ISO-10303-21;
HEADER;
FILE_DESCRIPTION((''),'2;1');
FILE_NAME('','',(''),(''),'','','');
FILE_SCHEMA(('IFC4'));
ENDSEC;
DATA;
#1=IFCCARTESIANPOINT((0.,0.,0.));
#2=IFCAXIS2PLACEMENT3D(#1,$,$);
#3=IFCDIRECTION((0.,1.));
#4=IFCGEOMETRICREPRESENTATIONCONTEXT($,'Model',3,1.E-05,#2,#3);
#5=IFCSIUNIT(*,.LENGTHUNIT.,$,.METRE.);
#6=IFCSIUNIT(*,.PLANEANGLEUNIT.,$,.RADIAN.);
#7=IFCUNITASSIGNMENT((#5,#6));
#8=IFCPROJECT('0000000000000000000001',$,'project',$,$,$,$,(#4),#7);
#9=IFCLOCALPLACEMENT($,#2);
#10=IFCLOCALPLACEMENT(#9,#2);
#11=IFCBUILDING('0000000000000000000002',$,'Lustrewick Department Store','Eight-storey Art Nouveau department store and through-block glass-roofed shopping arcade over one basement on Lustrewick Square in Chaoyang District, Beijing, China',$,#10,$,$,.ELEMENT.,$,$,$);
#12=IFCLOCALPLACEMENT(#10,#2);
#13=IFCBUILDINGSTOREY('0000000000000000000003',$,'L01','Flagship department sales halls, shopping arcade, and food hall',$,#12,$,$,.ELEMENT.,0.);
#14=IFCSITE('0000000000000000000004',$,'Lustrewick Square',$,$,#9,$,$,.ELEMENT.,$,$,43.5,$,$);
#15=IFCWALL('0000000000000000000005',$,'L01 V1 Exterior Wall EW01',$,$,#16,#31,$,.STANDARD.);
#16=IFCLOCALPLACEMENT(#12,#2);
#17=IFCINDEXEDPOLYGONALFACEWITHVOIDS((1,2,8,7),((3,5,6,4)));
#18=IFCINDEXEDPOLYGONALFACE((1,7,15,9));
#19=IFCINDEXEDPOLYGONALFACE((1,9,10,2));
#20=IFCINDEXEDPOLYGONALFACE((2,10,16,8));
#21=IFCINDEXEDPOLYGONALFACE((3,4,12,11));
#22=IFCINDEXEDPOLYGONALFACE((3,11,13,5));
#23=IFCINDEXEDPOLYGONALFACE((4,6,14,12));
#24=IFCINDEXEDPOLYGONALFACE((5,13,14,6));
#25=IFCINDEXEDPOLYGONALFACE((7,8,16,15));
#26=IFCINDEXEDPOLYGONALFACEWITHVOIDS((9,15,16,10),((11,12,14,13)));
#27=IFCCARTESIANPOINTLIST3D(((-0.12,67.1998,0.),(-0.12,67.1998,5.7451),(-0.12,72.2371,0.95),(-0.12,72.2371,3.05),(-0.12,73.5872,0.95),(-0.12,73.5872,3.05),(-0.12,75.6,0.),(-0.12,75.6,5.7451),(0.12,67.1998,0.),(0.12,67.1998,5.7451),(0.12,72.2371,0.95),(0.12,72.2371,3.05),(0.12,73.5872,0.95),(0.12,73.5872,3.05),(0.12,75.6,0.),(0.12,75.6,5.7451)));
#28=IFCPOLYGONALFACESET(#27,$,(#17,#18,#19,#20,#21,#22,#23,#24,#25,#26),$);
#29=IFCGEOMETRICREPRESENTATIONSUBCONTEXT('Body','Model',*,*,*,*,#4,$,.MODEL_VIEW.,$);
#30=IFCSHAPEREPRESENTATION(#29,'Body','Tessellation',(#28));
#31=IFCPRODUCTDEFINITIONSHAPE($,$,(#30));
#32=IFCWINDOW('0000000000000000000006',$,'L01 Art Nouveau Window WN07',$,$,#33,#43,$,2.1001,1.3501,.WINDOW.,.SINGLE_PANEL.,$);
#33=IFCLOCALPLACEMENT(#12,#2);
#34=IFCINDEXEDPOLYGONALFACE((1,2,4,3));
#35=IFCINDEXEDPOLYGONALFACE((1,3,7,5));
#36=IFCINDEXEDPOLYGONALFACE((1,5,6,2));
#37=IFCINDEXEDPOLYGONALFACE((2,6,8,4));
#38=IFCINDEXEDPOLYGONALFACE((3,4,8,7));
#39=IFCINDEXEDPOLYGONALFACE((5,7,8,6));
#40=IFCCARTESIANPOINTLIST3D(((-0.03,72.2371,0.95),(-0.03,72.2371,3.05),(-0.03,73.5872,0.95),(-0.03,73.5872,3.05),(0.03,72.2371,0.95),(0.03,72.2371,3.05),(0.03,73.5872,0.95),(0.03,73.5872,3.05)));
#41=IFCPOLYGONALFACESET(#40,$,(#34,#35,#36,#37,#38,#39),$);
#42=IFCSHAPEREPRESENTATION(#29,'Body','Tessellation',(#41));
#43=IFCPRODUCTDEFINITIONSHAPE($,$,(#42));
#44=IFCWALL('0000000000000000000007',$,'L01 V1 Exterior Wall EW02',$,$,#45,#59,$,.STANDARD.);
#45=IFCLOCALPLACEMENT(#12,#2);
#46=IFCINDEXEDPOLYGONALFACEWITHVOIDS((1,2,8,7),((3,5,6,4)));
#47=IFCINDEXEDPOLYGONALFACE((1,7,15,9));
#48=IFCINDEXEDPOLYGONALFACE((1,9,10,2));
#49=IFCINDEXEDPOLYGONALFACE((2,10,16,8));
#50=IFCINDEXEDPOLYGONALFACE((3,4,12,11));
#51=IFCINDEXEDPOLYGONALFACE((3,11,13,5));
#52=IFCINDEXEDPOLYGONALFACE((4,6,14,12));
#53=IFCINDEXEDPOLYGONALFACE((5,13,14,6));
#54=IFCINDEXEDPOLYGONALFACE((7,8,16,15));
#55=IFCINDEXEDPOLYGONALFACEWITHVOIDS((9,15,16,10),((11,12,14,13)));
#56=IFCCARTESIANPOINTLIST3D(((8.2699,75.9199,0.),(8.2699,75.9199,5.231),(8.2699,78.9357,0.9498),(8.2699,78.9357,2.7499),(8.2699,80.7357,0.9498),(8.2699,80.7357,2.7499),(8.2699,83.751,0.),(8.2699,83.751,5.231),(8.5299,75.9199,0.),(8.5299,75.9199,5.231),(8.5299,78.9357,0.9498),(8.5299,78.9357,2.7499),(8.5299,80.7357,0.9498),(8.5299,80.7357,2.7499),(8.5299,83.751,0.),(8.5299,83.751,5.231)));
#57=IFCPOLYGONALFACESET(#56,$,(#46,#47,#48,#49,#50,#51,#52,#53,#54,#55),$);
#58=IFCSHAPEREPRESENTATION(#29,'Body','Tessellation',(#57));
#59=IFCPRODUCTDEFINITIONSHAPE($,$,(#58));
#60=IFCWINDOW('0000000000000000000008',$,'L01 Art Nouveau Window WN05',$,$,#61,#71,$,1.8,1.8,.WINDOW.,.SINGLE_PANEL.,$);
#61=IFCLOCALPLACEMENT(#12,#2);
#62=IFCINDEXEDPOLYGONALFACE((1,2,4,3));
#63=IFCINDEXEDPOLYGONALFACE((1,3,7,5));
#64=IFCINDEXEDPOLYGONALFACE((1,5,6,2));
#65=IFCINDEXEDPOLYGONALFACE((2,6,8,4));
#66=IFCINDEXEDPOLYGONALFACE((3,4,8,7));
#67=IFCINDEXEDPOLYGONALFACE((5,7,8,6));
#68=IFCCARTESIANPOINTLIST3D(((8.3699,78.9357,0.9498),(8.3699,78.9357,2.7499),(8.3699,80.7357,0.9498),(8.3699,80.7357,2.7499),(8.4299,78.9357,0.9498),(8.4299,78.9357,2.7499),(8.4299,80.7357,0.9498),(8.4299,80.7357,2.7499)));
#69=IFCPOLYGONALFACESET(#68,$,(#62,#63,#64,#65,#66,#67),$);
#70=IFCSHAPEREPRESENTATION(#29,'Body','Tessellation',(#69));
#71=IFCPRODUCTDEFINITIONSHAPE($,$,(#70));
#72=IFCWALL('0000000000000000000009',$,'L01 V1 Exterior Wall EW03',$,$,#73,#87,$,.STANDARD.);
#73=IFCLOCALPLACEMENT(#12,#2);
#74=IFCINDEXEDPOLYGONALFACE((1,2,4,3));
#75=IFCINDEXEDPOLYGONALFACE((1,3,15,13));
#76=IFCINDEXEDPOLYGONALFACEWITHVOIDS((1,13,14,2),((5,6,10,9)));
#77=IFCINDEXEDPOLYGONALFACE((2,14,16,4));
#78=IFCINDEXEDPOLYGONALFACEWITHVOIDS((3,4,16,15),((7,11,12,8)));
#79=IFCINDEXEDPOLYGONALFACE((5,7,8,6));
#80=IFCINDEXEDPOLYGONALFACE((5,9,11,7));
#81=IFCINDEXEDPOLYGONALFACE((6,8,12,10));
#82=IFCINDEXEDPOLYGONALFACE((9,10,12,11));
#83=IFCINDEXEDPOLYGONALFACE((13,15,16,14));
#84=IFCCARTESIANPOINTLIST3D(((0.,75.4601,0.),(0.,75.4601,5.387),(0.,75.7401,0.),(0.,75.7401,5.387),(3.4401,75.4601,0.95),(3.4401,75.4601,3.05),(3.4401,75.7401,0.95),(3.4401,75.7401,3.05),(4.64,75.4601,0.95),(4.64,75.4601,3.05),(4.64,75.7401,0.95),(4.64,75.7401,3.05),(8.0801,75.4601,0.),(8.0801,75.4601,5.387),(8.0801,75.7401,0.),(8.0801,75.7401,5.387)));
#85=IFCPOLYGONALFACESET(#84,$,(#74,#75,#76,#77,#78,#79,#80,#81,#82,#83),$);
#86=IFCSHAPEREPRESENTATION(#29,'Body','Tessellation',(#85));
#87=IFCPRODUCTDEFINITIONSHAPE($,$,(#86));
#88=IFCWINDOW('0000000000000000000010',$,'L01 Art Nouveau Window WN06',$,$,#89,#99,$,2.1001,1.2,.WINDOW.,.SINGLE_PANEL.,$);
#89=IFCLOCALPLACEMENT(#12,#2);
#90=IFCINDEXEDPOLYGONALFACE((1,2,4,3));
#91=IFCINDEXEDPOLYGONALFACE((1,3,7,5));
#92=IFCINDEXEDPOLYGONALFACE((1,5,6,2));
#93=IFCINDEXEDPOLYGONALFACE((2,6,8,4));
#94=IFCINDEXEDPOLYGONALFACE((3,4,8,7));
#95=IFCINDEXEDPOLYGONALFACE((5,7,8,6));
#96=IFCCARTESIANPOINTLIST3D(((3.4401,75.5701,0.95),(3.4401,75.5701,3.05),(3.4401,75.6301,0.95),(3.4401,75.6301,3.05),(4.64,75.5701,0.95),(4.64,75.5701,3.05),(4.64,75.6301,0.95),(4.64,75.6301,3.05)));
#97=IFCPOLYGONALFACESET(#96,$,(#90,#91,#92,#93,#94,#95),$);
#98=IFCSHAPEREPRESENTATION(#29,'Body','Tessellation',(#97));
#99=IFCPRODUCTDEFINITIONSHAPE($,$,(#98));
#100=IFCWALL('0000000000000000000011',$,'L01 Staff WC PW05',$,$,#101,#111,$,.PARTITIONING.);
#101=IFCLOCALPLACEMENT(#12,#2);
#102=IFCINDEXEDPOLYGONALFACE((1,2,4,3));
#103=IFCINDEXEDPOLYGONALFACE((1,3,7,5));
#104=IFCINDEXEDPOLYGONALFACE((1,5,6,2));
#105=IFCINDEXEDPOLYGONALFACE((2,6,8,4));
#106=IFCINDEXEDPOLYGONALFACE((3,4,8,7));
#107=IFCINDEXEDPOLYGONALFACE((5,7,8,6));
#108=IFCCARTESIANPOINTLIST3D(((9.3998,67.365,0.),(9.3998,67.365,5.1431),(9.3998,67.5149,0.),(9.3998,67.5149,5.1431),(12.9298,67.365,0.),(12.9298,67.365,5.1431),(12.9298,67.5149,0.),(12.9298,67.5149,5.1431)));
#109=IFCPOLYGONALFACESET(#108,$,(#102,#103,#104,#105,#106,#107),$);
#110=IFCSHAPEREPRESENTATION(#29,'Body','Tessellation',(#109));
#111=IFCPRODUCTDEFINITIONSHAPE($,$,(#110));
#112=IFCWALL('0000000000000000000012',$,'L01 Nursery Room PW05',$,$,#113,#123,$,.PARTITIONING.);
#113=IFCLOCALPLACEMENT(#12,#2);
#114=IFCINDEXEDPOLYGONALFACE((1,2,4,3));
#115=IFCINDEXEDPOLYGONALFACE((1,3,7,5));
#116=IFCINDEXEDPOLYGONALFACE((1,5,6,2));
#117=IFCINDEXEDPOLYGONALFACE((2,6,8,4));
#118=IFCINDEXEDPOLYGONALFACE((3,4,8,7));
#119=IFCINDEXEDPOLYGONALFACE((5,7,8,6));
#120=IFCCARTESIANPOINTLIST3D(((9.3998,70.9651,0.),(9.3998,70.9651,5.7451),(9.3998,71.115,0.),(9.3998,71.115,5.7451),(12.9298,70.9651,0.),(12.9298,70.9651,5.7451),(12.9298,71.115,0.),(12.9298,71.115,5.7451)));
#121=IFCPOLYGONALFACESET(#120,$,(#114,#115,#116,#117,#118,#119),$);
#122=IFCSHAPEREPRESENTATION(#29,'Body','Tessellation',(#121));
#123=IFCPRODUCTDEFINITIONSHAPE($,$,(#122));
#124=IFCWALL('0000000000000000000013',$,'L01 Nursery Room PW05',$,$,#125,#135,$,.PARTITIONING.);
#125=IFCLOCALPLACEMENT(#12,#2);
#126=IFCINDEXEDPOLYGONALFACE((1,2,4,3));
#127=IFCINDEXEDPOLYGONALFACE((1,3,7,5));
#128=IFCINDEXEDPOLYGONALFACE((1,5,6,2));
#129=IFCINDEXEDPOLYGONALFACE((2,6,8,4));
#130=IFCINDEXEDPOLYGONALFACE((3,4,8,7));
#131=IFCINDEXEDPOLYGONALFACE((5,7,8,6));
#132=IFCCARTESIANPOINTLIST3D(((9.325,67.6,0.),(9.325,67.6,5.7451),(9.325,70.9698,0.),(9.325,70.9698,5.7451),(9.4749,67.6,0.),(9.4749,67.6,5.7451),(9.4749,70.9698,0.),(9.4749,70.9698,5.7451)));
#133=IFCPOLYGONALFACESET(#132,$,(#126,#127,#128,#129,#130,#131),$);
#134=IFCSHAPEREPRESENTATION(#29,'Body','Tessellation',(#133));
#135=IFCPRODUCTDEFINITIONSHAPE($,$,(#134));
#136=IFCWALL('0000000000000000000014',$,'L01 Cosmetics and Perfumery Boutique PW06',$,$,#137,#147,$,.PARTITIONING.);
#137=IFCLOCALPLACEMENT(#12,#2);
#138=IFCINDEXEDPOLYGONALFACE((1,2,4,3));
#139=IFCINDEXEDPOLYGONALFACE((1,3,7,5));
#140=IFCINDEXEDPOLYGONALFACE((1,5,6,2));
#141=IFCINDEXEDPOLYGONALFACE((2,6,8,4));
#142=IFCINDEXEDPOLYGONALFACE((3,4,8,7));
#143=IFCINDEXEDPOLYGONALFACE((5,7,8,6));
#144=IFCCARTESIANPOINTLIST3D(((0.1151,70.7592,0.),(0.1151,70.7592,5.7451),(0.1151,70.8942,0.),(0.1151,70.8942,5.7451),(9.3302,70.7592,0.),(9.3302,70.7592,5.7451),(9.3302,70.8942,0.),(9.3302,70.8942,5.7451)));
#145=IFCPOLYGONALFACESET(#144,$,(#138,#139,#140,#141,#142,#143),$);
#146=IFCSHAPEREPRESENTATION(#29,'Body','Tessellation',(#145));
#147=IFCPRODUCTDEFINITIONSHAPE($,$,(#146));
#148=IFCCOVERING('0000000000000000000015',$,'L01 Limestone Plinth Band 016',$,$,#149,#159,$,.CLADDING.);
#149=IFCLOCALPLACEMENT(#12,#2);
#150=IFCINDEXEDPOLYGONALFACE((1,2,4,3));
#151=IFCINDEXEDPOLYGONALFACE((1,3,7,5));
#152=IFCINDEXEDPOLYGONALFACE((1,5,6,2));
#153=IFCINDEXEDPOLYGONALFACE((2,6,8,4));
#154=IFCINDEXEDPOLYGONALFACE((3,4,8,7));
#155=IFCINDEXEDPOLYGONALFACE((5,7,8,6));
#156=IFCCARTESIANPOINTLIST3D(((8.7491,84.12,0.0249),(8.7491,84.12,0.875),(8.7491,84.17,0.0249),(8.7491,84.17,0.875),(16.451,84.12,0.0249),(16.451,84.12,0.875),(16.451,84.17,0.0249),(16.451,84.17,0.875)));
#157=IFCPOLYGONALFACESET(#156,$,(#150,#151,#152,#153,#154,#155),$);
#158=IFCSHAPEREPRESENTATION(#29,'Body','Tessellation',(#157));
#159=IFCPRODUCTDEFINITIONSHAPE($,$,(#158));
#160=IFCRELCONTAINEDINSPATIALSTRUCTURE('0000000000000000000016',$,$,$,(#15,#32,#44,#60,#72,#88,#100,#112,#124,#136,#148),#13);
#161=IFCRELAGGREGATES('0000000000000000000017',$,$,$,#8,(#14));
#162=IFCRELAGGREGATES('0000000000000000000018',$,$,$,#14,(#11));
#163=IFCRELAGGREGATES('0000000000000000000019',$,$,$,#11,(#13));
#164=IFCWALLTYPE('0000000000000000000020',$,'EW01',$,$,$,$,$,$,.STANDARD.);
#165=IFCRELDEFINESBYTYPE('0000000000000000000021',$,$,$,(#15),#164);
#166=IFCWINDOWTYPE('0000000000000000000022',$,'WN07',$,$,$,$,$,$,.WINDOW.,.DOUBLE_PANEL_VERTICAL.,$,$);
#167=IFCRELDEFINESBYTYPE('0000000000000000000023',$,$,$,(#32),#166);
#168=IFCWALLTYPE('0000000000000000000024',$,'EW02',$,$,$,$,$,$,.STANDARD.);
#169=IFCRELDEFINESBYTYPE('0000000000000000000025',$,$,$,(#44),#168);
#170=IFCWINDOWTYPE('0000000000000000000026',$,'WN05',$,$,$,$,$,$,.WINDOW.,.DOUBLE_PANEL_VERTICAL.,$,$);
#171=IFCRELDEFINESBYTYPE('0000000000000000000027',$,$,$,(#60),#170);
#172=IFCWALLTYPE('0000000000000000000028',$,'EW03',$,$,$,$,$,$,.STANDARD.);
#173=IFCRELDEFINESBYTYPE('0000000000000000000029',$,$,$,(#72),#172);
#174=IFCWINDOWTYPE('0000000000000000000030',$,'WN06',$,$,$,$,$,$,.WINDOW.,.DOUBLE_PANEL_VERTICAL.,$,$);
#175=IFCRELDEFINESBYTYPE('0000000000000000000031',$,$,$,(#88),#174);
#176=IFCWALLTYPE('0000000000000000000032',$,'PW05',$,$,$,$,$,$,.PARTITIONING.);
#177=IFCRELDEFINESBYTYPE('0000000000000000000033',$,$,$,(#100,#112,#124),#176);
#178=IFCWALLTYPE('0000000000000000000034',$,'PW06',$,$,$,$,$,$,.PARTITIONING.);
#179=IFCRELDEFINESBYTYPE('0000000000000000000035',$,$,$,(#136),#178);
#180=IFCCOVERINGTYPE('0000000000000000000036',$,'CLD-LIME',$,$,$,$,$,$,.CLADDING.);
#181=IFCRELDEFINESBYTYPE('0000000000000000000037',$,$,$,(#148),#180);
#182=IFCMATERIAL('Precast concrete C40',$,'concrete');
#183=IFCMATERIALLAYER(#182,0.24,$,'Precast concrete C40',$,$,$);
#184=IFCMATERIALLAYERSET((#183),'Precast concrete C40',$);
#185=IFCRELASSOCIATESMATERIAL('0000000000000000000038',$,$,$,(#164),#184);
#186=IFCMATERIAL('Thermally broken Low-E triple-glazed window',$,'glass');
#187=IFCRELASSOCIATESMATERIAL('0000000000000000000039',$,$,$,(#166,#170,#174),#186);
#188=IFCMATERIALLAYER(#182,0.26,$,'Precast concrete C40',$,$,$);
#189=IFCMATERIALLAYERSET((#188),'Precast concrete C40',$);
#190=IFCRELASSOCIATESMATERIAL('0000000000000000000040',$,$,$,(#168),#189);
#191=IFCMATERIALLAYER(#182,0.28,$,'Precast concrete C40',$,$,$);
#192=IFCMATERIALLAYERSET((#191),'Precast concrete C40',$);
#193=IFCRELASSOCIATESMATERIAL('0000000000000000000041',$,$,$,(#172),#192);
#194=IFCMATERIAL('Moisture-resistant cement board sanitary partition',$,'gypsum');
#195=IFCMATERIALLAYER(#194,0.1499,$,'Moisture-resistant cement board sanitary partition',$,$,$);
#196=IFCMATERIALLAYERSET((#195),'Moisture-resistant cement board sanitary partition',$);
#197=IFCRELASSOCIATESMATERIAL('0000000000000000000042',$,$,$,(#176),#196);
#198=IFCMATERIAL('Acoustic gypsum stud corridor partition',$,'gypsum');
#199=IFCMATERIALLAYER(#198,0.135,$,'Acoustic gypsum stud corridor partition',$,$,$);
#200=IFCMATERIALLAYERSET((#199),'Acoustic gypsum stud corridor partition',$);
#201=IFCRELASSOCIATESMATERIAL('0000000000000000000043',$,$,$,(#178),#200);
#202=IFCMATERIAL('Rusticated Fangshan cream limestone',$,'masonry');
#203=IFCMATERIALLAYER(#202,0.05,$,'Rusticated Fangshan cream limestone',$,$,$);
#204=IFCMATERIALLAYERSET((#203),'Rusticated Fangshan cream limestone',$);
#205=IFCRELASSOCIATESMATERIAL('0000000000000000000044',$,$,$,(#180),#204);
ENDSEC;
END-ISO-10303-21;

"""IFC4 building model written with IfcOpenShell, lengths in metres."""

from ifc_helpers import new_model, si_unit, direction, frame, frame_2d, origin, origin_2d, place, context, subcontext, project, spatial, rectangle, extrude, material, layer, layer_set, type_object, element, fill, save


model = new_model("IFC4")

# Units and contexts
model_context = context("Model", 3, precision=1e-05, world=origin(), true_north=direction((0.0, 1.0)))
body_context = subcontext(model_context, "Body", "Model", "MODEL_VIEW")
ifc_project = project(units=[si_unit("LENGTHUNIT", "METRE"), si_unit("PLANEANGLEUNIT", "RADIAN")], contexts=[model_context])

# Site, building, storey
site_placement = place(None, origin())
site = spatial("IfcSite", under=ifc_project, at=site_placement, Name="Lustrewick Square", CompositionType="ELEMENT", RefElevation=43.5)
building_placement = place(site_placement, origin())
building = spatial("IfcBuilding", under=site, at=building_placement, Name="Lustrewick Department Store", Description="Eight-storey Art Nouveau department store and through-block glass-roofed shopping arcade over one basement on Lustrewick Square in Chaoyang District, Beijing, China", CompositionType="ELEMENT")
storey_placement = place(building_placement, origin())
storey = spatial("IfcBuildingStorey", under=building, at=storey_placement, Name="L01", Description="Flagship department sales halls, shopping arcade, and food hall", CompositionType="ELEMENT", Elevation=0.0)

# Walls, openings, windows
ifc_material_1 = material(Name="Precast concrete C40", Category="concrete")
ifc_layer_1 = layer(ifc_material_1, 0.24, Name="Precast concrete C40")
ifc_layer_set_1 = layer_set([ifc_layer_1], Name="Precast concrete C40")
wall_type_1 = type_object("IfcWallType", Name="EW01", PredefinedType="STANDARD", material=ifc_layer_set_1)
wall_1_placement = place(storey_placement, frame((0.0, 75.6001, 0.0), z_axis=(0.0, 0.0, 1.0), x_axis=(0.0, -1.0, 0.0)))
wall_1 = element("IfcWall", 1, at=wall_1_placement, inside=storey, type_object=wall_type_1, Name="L01 V1 Exterior Wall EW01", PredefinedType="STANDARD", context=body_context, shape_type="SweptSolid", body=[
    extrude(rectangle(XDim=8.4001, YDim=0.24, at=frame_2d((4.2002, 0.0))), origin(), (0.0, 0.0, 1.0), 5.7451),
])
opening_1_placement = place(wall_1_placement, frame((2.0129, 0.0, 0.95)))
opening_1 = element("IfcOpeningElement", 2, at=opening_1_placement, cuts=wall_1, PredefinedType="OPENING", context=body_context, shape_type="SweptSolid", body=[
    extrude(rectangle(XDim=1.3501, YDim=2.1001, at=frame_2d((0.675, 1.05))), frame((0.0, 0.1299, 0.0), z_axis=(0.0, -1.0, 0.0), x_axis=(1.0, 0.0, 0.0)), (0.0, 0.0, 1.0), 0.26),
])
ifc_material_2 = material(Name="Thermally broken Low-E triple-glazed window", Category="glass")
window_type_1 = type_object("IfcWindowType", Name="WN07", PartitioningType="DOUBLE_PANEL_VERTICAL", PredefinedType="WINDOW", material=ifc_material_2)
window_1_placement = place(opening_1_placement, origin())
window_1 = element("IfcWindow", 3, at=window_1_placement, inside=storey, type_object=window_type_1, Name="L01 Art Nouveau Window WN07", OverallHeight=2.1001, OverallWidth=1.3501, PartitioningType="SINGLE_PANEL", PredefinedType="WINDOW", context=body_context, shape_type="SweptSolid", body=[
    extrude(rectangle(XDim=1.3501, YDim=2.1001, at=frame_2d((0.675, 1.05))), frame((0.0, 0.03, 0.0), z_axis=(0.0, -1.0, 0.0), x_axis=(1.0, 0.0, 0.0)), (0.0, 0.0, 1.0), 0.0601),
])
fill(opening_1, window_1)
ifc_layer_2 = layer(ifc_material_1, 0.26, Name="Precast concrete C40")
ifc_layer_set_2 = layer_set([ifc_layer_2], Name="Precast concrete C40")
wall_type_2 = type_object("IfcWallType", Name="EW02", PredefinedType="STANDARD", material=ifc_layer_set_2)
wall_2_placement = place(storey_placement, frame((8.3999, 83.751, 0.0), z_axis=(0.0, 0.0, 1.0), x_axis=(0.0, -1.0, 0.0)))
wall_2 = element("IfcWall", 4, at=wall_2_placement, inside=storey, type_object=wall_type_2, Name="L01 V1 Exterior Wall EW02", PredefinedType="STANDARD", context=body_context, shape_type="SweptSolid", body=[
    extrude(rectangle(XDim=7.8311, YDim=0.26, at=frame_2d((3.9155, 0.0))), origin(), (0.0, 0.0, 1.0), 5.231),
])
opening_2_placement = place(wall_2_placement, frame((3.0154, 0.0, 0.95)))
opening_2 = element("IfcOpeningElement", 5, at=opening_2_placement, cuts=wall_2, PredefinedType="OPENING", context=body_context, shape_type="SweptSolid", body=[
    extrude(rectangle(XDim=1.8, YDim=1.8, at=frame_2d((0.8999, 0.8999))), frame((0.0, 0.1401, 0.0), z_axis=(0.0, -1.0, 0.0), x_axis=(1.0, 0.0, 0.0)), (0.0, 0.0, 1.0), 0.28),
])
window_type_2 = type_object("IfcWindowType", Name="WN05", PartitioningType="DOUBLE_PANEL_VERTICAL", PredefinedType="WINDOW", material=ifc_material_2)
window_2_placement = place(opening_2_placement, origin())
window_2 = element("IfcWindow", 6, at=window_2_placement, inside=storey, type_object=window_type_2, Name="L01 Art Nouveau Window WN05", OverallHeight=1.8, OverallWidth=1.8, PartitioningType="SINGLE_PANEL", PredefinedType="WINDOW", context=body_context, shape_type="SweptSolid", body=[
    extrude(rectangle(XDim=1.8, YDim=1.8, at=frame_2d((0.8999, 0.8999))), frame((0.0, 0.03, 0.0), z_axis=(0.0, -1.0, 0.0), x_axis=(1.0, 0.0, 0.0)), (0.0, 0.0, 1.0), 0.0601),
])
fill(opening_2, window_2)
ifc_layer_3 = layer(ifc_material_1, 0.28, Name="Precast concrete C40")
ifc_layer_set_3 = layer_set([ifc_layer_3], Name="Precast concrete C40")
wall_type_3 = type_object("IfcWallType", Name="EW03", PredefinedType="STANDARD", material=ifc_layer_set_3)
wall_3_placement = place(storey_placement, frame((8.0801, 75.6001, 0.0), z_axis=(0.0, 0.0, 1.0), x_axis=(-1.0, 0.0, 0.0)))
wall_3 = element("IfcWall", 7, at=wall_3_placement, inside=storey, type_object=wall_type_3, Name="L01 V1 Exterior Wall EW03", PredefinedType="STANDARD", context=body_context, shape_type="SweptSolid", body=[
    extrude(rectangle(XDim=8.0801, YDim=0.28, at=frame_2d((4.04, 0.0))), origin(), (0.0, 0.0, 1.0), 5.387),
])
opening_3_placement = place(wall_3_placement, frame((3.4399, 0.0, 0.95)))
opening_3 = element("IfcOpeningElement", 8, at=opening_3_placement, cuts=wall_3, PredefinedType="OPENING", context=body_context, shape_type="SweptSolid", body=[
    extrude(rectangle(XDim=1.2, YDim=2.1001, at=frame_2d((0.6001, 1.05))), frame((0.0, 0.1499, 0.0), z_axis=(0.0, -1.0, 0.0), x_axis=(1.0, 0.0, 0.0)), (0.0, 0.0, 1.0), 0.3),
])
window_type_3 = type_object("IfcWindowType", Name="WN06", PartitioningType="DOUBLE_PANEL_VERTICAL", PredefinedType="WINDOW", material=ifc_material_2)
window_3_placement = place(opening_3_placement, origin())
window_3 = element("IfcWindow", 9, at=window_3_placement, inside=storey, type_object=window_type_3, Name="L01 Art Nouveau Window WN06", OverallHeight=2.1001, OverallWidth=1.2, PartitioningType="SINGLE_PANEL", PredefinedType="WINDOW", context=body_context, shape_type="SweptSolid", body=[
    extrude(rectangle(XDim=1.2, YDim=2.1001, at=frame_2d((0.6001, 1.05))), frame((0.0, 0.03, 0.0), z_axis=(0.0, -1.0, 0.0), x_axis=(1.0, 0.0, 0.0)), (0.0, 0.0, 1.0), 0.0601),
])
fill(opening_3, window_3)

# Walls
ifc_material_3 = material(Name="Moisture-resistant cement board sanitary partition", Category="gypsum")
ifc_layer_4 = layer(ifc_material_3, 0.1499, Name="Moisture-resistant cement board sanitary partition")
ifc_layer_set_4 = layer_set([ifc_layer_4], Name="Moisture-resistant cement board sanitary partition")
wall_type_4 = type_object("IfcWallType", Name="PW05", PredefinedType="PARTITIONING", material=ifc_layer_set_4)
wall_4_placement = place(storey_placement, frame((12.9299, 67.4399, 0.0), z_axis=(0.0, 0.0, 1.0), x_axis=(-1.0, 0.0, 0.0)))
element("IfcWall", 10, at=wall_4_placement, inside=storey, type_object=wall_type_4, Name="L01 Staff WC PW05", PredefinedType="PARTITIONING", context=body_context, shape_type="SweptSolid", body=[
    extrude(rectangle(XDim=3.53, YDim=0.1499, at=frame_2d((1.7651, 0.0))), origin(), (0.0, 0.0, 1.0), 5.1431),
])
wall_5_placement = place(storey_placement, frame((12.9299, 71.04, 0.0), z_axis=(0.0, 0.0, 1.0), x_axis=(-1.0, 0.0, 0.0)))
element("IfcWall", 11, at=wall_5_placement, inside=storey, type_object=wall_type_4, Name="L01 Nursery Room PW05", PredefinedType="PARTITIONING", context=body_context, shape_type="SweptSolid", body=[
    extrude(rectangle(XDim=3.53, YDim=0.1499, at=frame_2d((1.7651, 0.0))), origin(), (0.0, 0.0, 1.0), 5.7451),
])
wall_6_placement = place(storey_placement, frame((9.3999, 70.97, 0.0), z_axis=(0.0, 0.0, 1.0), x_axis=(0.0, -1.0, 0.0)))
element("IfcWall", 12, at=wall_6_placement, inside=storey, type_object=wall_type_4, Name="L01 Nursery Room PW05", PredefinedType="PARTITIONING", context=body_context, shape_type="SweptSolid", body=[
    extrude(rectangle(XDim=3.3699, YDim=0.1499, at=frame_2d((1.6851, 0.0))), origin(), (0.0, 0.0, 1.0), 5.7451),
])
ifc_material_4 = material(Name="Acoustic gypsum stud corridor partition", Category="gypsum")
ifc_layer_5 = layer(ifc_material_4, 0.135, Name="Acoustic gypsum stud corridor partition")
ifc_layer_set_5 = layer_set([ifc_layer_5], Name="Acoustic gypsum stud corridor partition")
wall_type_5 = type_object("IfcWallType", Name="PW06", PredefinedType="PARTITIONING", material=ifc_layer_set_5)
wall_7_placement = place(storey_placement, frame((9.3301, 70.8267, 0.0), z_axis=(0.0, 0.0, 1.0), x_axis=(-1.0, 0.0, 0.0)))
element("IfcWall", 13, at=wall_7_placement, inside=storey, type_object=wall_type_5, Name="L01 Cosmetics and Perfumery Boutique PW06", PredefinedType="PARTITIONING", context=body_context, shape_type="SweptSolid", body=[
    extrude(rectangle(XDim=9.2151, YDim=0.135, at=frame_2d((4.6074, 0.0))), origin(), (0.0, 0.0, 1.0), 5.7451),
])

# Covering
ifc_material_5 = material(Name="Rusticated Fangshan cream limestone", Category="masonry")
ifc_layer_6 = layer(ifc_material_5, 0.05, Name="Rusticated Fangshan cream limestone")
ifc_layer_set_6 = layer_set([ifc_layer_6], Name="Rusticated Fangshan cream limestone")
covering_type = type_object("IfcCoveringType", Name="CLD-LIME", PredefinedType="CLADDING", material=ifc_layer_set_6)
covering_1_placement = place(storey_placement, frame((12.6001, 84.145, 0.0249), z_axis=(0.0, 0.0, 1.0), x_axis=(-1.0, 0.0, 0.0)))
element("IfcCovering", 14, at=covering_1_placement, inside=storey, type_object=covering_type, Name="L01 Limestone Plinth Band 016", PredefinedType="CLADDING", context=body_context, shape_type="SweptSolid", body=[
    extrude(rectangle(XDim=7.7019, YDim=0.05, at=origin_2d()), origin(), (0.0, 0.0, 1.0), 0.8501),
])

save(model, "model.ifc")
